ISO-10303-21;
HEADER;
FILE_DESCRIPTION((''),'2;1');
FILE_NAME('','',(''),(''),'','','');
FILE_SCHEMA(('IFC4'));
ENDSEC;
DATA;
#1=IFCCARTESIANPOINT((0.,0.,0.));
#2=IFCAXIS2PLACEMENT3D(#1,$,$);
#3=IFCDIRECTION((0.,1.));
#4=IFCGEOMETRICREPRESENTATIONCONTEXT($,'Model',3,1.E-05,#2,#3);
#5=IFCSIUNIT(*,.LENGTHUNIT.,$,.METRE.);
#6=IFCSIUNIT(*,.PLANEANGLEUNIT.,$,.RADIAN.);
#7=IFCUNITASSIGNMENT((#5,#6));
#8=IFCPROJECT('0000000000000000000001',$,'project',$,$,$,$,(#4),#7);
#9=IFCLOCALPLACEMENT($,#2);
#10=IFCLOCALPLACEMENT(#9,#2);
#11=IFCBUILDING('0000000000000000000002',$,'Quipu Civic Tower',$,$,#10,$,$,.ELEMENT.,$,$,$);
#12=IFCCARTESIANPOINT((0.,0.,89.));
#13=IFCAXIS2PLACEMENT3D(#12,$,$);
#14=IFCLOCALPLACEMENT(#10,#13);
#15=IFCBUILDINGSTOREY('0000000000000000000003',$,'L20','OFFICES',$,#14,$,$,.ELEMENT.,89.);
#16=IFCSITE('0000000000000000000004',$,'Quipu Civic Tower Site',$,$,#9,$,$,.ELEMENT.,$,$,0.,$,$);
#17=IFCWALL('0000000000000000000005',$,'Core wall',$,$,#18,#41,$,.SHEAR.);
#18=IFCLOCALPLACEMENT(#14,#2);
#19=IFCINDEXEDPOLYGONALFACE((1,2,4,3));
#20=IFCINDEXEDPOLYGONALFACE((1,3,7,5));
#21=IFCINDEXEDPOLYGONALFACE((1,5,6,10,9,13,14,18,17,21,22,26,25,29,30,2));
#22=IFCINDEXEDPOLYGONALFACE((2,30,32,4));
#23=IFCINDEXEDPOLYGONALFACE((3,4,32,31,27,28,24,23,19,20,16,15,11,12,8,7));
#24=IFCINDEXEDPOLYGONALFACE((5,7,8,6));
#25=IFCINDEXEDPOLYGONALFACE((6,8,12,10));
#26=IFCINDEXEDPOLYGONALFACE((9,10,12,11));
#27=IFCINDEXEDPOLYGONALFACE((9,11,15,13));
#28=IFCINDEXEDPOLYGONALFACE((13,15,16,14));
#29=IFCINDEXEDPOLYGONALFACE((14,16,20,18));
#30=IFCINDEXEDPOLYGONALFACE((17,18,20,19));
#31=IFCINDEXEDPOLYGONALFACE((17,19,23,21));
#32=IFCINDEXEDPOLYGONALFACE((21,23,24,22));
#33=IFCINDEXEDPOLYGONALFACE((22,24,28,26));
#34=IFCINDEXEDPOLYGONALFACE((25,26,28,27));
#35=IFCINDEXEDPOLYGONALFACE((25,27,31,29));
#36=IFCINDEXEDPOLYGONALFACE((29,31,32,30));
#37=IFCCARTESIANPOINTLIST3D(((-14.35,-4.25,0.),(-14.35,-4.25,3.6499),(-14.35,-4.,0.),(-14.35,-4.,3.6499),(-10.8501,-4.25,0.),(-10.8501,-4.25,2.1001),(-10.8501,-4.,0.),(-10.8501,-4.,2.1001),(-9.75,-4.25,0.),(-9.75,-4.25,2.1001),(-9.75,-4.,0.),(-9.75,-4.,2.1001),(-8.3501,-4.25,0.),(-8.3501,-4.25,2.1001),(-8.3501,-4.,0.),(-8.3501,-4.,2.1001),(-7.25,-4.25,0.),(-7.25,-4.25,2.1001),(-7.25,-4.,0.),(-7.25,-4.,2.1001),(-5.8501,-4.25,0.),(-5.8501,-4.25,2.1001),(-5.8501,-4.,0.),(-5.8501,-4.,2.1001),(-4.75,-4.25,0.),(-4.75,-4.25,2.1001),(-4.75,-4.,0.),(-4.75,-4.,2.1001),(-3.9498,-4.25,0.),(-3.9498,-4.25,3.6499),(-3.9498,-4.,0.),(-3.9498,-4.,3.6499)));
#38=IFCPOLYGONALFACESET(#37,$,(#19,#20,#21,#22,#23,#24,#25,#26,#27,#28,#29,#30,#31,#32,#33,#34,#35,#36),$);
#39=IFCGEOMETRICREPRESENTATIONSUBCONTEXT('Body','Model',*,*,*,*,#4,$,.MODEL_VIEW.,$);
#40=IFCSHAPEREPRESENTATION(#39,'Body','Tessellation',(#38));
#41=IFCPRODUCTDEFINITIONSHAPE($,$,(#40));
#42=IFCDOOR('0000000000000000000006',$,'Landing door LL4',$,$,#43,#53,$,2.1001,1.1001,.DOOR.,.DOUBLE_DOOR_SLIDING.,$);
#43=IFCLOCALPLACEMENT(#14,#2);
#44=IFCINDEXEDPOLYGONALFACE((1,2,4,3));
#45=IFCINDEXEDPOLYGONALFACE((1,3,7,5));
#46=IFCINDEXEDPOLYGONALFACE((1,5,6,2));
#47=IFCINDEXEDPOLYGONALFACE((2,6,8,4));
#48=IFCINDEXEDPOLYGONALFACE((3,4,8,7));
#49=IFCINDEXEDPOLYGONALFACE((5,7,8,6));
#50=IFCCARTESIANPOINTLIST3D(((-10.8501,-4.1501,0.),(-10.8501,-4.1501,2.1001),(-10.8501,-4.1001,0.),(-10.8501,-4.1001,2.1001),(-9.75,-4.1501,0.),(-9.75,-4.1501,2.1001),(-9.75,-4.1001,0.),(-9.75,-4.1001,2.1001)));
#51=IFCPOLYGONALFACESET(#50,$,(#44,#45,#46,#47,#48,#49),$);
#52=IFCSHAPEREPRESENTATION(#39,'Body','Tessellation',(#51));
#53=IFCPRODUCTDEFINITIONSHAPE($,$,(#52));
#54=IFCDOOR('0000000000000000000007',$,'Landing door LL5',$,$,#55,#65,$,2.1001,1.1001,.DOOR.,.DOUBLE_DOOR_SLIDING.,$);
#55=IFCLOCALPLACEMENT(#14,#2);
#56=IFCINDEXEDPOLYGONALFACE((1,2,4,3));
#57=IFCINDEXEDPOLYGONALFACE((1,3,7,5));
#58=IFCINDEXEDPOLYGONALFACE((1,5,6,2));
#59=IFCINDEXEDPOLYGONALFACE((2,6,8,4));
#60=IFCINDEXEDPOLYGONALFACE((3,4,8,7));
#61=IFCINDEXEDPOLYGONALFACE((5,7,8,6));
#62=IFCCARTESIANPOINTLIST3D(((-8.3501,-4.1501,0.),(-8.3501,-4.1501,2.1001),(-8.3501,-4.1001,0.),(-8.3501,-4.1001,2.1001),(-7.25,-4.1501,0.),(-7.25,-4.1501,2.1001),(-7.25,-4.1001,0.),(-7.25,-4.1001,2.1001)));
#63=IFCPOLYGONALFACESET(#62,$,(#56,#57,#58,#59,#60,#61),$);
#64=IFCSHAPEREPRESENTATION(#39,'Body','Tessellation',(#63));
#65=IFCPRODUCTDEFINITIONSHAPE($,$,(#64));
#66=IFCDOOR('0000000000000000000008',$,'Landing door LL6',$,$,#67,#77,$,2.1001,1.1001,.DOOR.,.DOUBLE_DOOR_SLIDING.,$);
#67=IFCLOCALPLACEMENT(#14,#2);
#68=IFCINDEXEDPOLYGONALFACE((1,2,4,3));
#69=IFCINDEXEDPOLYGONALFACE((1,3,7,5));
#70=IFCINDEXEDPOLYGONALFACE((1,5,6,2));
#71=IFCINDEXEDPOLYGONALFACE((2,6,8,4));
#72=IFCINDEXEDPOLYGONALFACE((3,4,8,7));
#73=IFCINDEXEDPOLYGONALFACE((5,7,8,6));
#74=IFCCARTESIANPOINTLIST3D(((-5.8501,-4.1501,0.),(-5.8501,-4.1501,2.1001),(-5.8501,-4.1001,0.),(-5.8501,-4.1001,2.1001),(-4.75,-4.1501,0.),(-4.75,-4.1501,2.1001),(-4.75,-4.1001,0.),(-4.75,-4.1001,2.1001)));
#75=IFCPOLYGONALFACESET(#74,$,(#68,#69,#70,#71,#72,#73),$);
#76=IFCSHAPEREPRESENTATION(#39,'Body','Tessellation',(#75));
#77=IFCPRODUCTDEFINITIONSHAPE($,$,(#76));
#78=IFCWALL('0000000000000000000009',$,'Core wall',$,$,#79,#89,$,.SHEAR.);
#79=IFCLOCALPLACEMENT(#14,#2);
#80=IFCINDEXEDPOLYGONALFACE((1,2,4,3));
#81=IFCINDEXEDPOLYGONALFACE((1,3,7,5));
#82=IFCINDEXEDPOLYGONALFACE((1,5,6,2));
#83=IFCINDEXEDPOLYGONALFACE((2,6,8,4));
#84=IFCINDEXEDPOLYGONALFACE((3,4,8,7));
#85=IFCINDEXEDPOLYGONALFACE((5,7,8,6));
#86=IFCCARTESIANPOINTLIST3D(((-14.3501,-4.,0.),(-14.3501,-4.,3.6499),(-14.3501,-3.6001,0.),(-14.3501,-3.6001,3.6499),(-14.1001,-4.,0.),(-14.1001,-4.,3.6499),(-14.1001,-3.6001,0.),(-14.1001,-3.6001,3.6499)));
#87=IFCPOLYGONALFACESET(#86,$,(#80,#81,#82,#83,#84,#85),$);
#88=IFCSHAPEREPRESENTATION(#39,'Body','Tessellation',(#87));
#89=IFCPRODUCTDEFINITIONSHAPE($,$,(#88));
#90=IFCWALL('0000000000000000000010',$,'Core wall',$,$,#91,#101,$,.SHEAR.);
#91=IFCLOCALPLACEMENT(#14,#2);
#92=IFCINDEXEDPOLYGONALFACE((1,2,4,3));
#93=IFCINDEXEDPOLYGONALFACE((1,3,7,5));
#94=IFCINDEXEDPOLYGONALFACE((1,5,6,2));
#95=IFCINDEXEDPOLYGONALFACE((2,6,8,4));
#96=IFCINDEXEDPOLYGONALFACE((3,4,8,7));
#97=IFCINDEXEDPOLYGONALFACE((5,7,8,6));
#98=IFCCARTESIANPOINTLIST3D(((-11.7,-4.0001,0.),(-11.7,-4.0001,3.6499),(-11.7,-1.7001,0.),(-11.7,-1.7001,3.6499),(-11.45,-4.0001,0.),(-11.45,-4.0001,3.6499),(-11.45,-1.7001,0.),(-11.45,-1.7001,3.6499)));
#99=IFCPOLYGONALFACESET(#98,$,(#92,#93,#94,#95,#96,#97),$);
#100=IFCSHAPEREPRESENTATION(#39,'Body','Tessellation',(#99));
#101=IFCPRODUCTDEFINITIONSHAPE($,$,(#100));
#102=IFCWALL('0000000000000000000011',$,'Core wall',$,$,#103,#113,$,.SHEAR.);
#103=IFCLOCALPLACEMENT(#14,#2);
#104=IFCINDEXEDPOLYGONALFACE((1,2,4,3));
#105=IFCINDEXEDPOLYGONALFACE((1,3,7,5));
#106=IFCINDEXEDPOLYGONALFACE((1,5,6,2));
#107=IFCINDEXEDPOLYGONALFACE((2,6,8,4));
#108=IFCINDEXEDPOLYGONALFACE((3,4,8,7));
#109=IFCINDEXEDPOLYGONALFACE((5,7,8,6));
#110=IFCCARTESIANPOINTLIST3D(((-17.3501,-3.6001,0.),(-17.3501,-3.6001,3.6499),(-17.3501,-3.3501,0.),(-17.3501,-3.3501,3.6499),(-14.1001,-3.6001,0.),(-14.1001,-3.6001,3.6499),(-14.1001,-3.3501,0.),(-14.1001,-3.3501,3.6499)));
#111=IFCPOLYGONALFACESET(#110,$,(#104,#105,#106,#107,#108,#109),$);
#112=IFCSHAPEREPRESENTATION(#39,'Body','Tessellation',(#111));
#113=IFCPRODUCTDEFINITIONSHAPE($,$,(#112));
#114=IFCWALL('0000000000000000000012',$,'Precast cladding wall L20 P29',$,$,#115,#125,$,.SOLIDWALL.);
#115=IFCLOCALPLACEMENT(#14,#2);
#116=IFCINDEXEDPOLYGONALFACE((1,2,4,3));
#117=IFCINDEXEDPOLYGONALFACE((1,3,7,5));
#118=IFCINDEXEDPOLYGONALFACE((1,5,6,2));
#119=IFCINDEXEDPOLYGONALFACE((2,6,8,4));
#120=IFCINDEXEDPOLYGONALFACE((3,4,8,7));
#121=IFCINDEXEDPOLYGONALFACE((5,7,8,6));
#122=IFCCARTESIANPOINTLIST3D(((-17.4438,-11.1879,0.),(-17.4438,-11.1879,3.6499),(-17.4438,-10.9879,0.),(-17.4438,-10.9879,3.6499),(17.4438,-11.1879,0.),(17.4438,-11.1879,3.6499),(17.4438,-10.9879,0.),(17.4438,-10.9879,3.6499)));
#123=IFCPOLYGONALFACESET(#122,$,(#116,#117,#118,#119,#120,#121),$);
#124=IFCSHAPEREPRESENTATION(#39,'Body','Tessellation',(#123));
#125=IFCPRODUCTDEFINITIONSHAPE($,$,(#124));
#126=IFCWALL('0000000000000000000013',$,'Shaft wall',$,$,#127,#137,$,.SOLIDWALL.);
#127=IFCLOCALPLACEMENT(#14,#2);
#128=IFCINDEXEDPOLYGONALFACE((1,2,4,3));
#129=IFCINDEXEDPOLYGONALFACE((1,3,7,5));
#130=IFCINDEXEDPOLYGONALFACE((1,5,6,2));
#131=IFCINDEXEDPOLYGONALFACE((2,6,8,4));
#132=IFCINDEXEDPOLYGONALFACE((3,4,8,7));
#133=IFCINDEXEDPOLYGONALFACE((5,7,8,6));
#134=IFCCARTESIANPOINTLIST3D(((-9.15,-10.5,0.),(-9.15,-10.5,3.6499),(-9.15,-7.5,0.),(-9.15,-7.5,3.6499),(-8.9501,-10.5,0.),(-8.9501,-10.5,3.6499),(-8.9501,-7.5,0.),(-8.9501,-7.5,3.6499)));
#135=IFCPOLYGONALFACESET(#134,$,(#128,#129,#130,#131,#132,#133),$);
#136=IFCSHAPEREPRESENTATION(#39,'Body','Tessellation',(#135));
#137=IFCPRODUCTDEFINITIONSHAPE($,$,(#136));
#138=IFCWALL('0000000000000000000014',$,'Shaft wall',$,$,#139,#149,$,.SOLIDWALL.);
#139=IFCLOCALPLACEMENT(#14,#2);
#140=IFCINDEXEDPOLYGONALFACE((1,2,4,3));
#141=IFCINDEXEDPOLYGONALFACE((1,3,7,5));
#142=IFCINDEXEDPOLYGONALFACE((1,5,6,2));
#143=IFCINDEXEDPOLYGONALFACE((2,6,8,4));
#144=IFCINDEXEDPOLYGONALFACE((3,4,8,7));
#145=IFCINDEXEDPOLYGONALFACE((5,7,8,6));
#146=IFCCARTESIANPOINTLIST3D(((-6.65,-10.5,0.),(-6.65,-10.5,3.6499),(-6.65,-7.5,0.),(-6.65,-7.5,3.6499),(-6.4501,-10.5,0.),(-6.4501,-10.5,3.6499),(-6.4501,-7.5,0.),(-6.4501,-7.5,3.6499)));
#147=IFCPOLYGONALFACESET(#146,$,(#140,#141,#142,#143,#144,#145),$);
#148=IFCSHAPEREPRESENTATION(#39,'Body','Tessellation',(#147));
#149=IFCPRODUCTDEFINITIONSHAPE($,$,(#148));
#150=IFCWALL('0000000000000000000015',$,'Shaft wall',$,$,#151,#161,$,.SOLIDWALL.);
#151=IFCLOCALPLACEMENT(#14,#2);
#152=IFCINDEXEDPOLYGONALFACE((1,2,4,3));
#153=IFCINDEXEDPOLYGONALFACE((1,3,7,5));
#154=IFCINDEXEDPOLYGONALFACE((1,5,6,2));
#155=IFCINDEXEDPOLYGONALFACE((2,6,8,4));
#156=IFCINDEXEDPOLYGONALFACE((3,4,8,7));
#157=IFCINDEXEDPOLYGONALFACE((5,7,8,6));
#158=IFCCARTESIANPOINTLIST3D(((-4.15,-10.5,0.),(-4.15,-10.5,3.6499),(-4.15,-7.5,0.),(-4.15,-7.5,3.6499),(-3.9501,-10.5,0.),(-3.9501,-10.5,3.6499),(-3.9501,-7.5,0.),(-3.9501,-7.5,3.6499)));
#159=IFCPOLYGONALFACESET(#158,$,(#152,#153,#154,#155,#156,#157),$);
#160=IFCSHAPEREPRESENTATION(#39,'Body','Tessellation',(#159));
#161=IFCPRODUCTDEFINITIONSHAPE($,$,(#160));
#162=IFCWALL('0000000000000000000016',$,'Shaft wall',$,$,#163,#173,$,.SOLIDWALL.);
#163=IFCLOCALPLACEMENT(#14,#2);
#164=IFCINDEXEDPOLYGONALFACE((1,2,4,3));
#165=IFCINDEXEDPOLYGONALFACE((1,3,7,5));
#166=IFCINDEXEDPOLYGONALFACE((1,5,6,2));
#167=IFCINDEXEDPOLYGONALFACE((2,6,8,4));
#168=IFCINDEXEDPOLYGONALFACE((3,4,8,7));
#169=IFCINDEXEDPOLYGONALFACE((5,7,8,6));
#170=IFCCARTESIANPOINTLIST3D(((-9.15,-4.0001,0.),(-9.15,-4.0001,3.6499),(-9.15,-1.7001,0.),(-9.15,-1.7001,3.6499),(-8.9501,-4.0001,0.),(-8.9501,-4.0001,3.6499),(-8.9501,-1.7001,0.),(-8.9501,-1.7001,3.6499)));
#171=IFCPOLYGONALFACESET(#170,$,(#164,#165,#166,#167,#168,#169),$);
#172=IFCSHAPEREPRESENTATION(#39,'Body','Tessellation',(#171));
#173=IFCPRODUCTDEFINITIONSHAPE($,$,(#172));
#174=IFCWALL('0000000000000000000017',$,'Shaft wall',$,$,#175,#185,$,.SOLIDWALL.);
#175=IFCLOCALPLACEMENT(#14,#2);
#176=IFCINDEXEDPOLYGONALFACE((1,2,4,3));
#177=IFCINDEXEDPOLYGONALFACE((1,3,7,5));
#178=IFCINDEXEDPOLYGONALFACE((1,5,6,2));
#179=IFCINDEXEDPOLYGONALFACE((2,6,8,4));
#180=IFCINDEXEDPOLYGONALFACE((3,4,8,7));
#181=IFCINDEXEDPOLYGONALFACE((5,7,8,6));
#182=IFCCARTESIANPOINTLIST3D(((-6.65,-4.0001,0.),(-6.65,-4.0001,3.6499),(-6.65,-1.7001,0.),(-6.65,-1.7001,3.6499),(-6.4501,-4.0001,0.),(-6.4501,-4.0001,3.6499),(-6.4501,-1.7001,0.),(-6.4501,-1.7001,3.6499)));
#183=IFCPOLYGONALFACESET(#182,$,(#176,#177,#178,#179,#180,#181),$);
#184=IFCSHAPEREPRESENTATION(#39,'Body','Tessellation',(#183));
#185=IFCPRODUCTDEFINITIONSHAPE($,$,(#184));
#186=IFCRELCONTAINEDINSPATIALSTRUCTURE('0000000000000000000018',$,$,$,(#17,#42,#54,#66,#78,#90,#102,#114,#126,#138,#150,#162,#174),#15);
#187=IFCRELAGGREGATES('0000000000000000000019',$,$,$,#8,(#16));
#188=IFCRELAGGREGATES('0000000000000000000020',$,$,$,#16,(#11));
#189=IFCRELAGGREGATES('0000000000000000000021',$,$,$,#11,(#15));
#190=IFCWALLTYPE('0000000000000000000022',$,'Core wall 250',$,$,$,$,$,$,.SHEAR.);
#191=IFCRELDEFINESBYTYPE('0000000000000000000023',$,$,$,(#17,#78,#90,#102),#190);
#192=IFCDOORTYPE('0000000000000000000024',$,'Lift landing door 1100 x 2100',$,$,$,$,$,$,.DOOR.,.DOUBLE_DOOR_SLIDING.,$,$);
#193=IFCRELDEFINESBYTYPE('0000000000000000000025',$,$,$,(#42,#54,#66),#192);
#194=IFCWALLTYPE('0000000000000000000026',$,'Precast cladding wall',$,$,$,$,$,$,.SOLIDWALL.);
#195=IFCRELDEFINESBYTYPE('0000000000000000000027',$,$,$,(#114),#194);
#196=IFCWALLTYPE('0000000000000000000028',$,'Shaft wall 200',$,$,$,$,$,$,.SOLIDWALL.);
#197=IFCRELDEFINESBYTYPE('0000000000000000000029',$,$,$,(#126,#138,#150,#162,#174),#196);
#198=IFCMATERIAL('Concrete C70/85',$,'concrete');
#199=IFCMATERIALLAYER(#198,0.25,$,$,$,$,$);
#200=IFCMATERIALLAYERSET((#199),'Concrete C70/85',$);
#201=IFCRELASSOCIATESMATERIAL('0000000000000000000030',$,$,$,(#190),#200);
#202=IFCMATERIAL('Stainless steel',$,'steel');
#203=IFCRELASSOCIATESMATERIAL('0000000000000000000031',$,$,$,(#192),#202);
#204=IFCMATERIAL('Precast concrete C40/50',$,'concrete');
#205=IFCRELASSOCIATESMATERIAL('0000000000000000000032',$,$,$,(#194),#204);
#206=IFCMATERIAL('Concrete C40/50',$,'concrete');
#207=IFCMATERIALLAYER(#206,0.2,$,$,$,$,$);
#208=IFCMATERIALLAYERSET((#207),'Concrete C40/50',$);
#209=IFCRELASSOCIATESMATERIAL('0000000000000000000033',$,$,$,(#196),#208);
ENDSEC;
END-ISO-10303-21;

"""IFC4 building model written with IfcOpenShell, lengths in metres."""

from ifc_helpers import new_model, si_unit, direction, frame, frame_2d, origin, place, context, subcontext, project, spatial, rectangle, extrude, material, layer, layer_set, type_object, element, fill, save


model = new_model("IFC4")

# Units and contexts
model_context = context("Model", 3, precision=1e-05, world=origin(), true_north=direction((0.0, 1.0)))
body_context = subcontext(model_context, "Body", "Model", "MODEL_VIEW")
ifc_project = project(units=[si_unit("LENGTHUNIT", "METRE"), si_unit("PLANEANGLEUNIT", "RADIAN")], contexts=[model_context])

# Site, building, storey
site_placement = place(None, origin())
site = spatial("IfcSite", under=ifc_project, at=site_placement, Name="Quipu Civic Tower Site", CompositionType="ELEMENT", RefElevation=0.0)
building_placement = place(site_placement, origin())
building = spatial("IfcBuilding", under=site, at=building_placement, Name="Quipu Civic Tower", CompositionType="ELEMENT")
storey_placement = place(building_placement, frame((0.0, 0.0, 89.0)))
storey = spatial("IfcBuildingStorey", under=building, at=storey_placement, Name="L20", Description="OFFICES", CompositionType="ELEMENT", Elevation=89.0)

# Shared definitions
ifc_material_1 = material(Name="Concrete C70/85", Category="concrete")
ifc_layer_1 = layer(ifc_material_1, 0.25)
ifc_layer_set_1 = layer_set([ifc_layer_1], Name="Concrete C70/85")
wall_type_1 = type_object("IfcWallType", Name="Core wall 250", PredefinedType="SHEAR", material=ifc_layer_set_1)

# Wall, openings, doors
wall_1_placement = place(storey_placement, frame((-14.3501, -4.125, 0.0), z_axis=(0.0, 0.0, 1.0), x_axis=(1.0, 0.0, 0.0)))
wall_1 = element("IfcWall", 1, at=wall_1_placement, inside=storey, type_object=wall_type_1, Name="Core wall", PredefinedType="SHEAR", context=body_context, shape_type="SweptSolid", body=[
    extrude(rectangle(XDim=10.4001, YDim=0.25, at=frame_2d((5.2002, 0.0))), origin(), (0.0, 0.0, 1.0), 3.6499),
])
opening_1_placement = place(wall_1_placement, frame((3.5, 0.0, 0.0)))
opening_1 = element("IfcOpeningElement", 2, at=opening_1_placement, cuts=wall_1, PredefinedType="OPENING", context=body_context, shape_type="SweptSolid", body=[
    extrude(rectangle(XDim=1.1001, YDim=2.1001, at=frame_2d((0.55, 1.05))), frame((0.0, 0.135, 0.0), z_axis=(0.0, -1.0, 0.0), x_axis=(1.0, 0.0, 0.0)), (0.0, 0.0, 1.0), 0.27),
])
opening_2_placement = place(wall_1_placement, frame((6.0, 0.0, 0.0)))
opening_2 = element("IfcOpeningElement", 3, at=opening_2_placement, cuts=wall_1, PredefinedType="OPENING", context=body_context, shape_type="SweptSolid", body=[
    extrude(rectangle(XDim=1.1001, YDim=2.1001, at=frame_2d((0.55, 1.05))), frame((0.0, 0.135, 0.0), z_axis=(0.0, -1.0, 0.0), x_axis=(1.0, 0.0, 0.0)), (0.0, 0.0, 1.0), 0.27),
])
opening_3_placement = place(wall_1_placement, frame((8.5, 0.0, 0.0)))
opening_3 = element("IfcOpeningElement", 4, at=opening_3_placement, cuts=wall_1, PredefinedType="OPENING", context=body_context, shape_type="SweptSolid", body=[
    extrude(rectangle(XDim=1.1001, YDim=2.1001, at=frame_2d((0.55, 1.05))), frame((0.0, 0.135, 0.0), z_axis=(0.0, -1.0, 0.0), x_axis=(1.0, 0.0, 0.0)), (0.0, 0.0, 1.0), 0.27),
])
ifc_material_2 = material(Name="Stainless steel", Category="steel")
door_type_1 = type_object("IfcDoorType", Name="Lift landing door 1100 x 2100", OperationType="DOUBLE_DOOR_SLIDING", PredefinedType="DOOR", material=ifc_material_2)
door_1_placement = place(opening_1_placement, origin())
door_1 = element("IfcDoor", 5, at=door_1_placement, inside=storey, type_object=door_type_1, Name="Landing door LL4", OperationType="DOUBLE_DOOR_SLIDING", OverallHeight=2.1001, OverallWidth=1.1001, PredefinedType="DOOR", context=body_context, shape_type="SweptSolid", body=[
    extrude(rectangle(XDim=1.1001, YDim=2.1001, at=frame_2d((0.55, 1.05))), frame((0.0, 0.0249, 0.0), z_axis=(0.0, -1.0, 0.0), x_axis=(1.0, 0.0, 0.0)), (0.0, 0.0, 1.0), 0.05),
])
fill(opening_1, door_1)
door_2_placement = place(opening_2_placement, origin())
door_2 = element("IfcDoor", 6, at=door_2_placement, inside=storey, type_object=door_type_1, Name="Landing door LL5", OperationType="DOUBLE_DOOR_SLIDING", OverallHeight=2.1001, OverallWidth=1.1001, PredefinedType="DOOR", context=body_context, shape_type="SweptSolid", body=[
    extrude(rectangle(XDim=1.1001, YDim=2.1001, at=frame_2d((0.55, 1.05))), frame((0.0, 0.0249, 0.0), z_axis=(0.0, -1.0, 0.0), x_axis=(1.0, 0.0, 0.0)), (0.0, 0.0, 1.0), 0.05),
])
fill(opening_2, door_2)
door_3_placement = place(opening_3_placement, origin())
door_3 = element("IfcDoor", 7, at=door_3_placement, inside=storey, type_object=door_type_1, Name="Landing door LL6", OperationType="DOUBLE_DOOR_SLIDING", OverallHeight=2.1001, OverallWidth=1.1001, PredefinedType="DOOR", context=body_context, shape_type="SweptSolid", body=[
    extrude(rectangle(XDim=1.1001, YDim=2.1001, at=frame_2d((0.55, 1.05))), frame((0.0, 0.0249, 0.0), z_axis=(0.0, -1.0, 0.0), x_axis=(1.0, 0.0, 0.0)), (0.0, 0.0, 1.0), 0.05),
])
fill(opening_3, door_3)

# Walls
wall_2_placement = place(storey_placement, frame((-14.2251, -4.0, 0.0), z_axis=(0.0, 0.0, 1.0), x_axis=(0.0, 1.0, 0.0)))
element("IfcWall", 8, at=wall_2_placement, inside=storey, type_object=wall_type_1, Name="Core wall", PredefinedType="SHEAR", context=body_context, shape_type="SweptSolid", body=[
    extrude(rectangle(XDim=0.3999, YDim=0.25, at=frame_2d((0.2, 0.0))), origin(), (0.0, 0.0, 1.0), 3.6499),
])
wall_3_placement = place(storey_placement, frame((-11.575, -4.0, 0.0), z_axis=(0.0, 0.0, 1.0), x_axis=(0.0, 1.0, 0.0)))
element("IfcWall", 9, at=wall_3_placement, inside=storey, type_object=wall_type_1, Name="Core wall", PredefinedType="SHEAR", context=body_context, shape_type="SweptSolid", body=[
    extrude(rectangle(XDim=2.3, YDim=0.25, at=frame_2d((1.1499, 0.0))), origin(), (0.0, 0.0, 1.0), 3.6499),
])
wall_4_placement = place(storey_placement, frame((-17.3501, -3.4751, 0.0), z_axis=(0.0, 0.0, 1.0), x_axis=(1.0, 0.0, 0.0)))
element("IfcWall", 10, at=wall_4_placement, inside=storey, type_object=wall_type_1, Name="Core wall", PredefinedType="SHEAR", context=body_context, shape_type="SweptSolid", body=[
    extrude(rectangle(XDim=3.25, YDim=0.25, at=frame_2d((1.625, 0.0))), origin(), (0.0, 0.0, 1.0), 3.6499),
])
ifc_material_3 = material(Name="Precast concrete C40/50", Category="concrete")
wall_type_2 = type_object("IfcWallType", Name="Precast cladding wall", PredefinedType="SOLIDWALL", material=ifc_material_3)
wall_5_placement = place(storey_placement, frame((-17.4438, -11.0879, 0.0), z_axis=(0.0, 0.0, 1.0), x_axis=(1.0, 0.0, 0.0)))
element("IfcWall", 11, at=wall_5_placement, inside=storey, type_object=wall_type_2, Name="Precast cladding wall L20 P29", PredefinedType="SOLIDWALL", context=body_context, shape_type="SweptSolid", body=[
    extrude(rectangle(XDim=34.8877, YDim=0.2, at=frame_2d((17.4438, 0.0))), origin(), (0.0, 0.0, 1.0), 3.6499),
])
ifc_material_4 = material(Name="Concrete C40/50", Category="concrete")
ifc_layer_2 = layer(ifc_material_4, 0.2)
ifc_layer_set_2 = layer_set([ifc_layer_2], Name="Concrete C40/50")
wall_type_3 = type_object("IfcWallType", Name="Shaft wall 200", PredefinedType="SOLIDWALL", material=ifc_layer_set_2)
for number, where, z_axis, x_axis, name in (
    (12, (-9.05, -10.5, 0.0), (0.0, 0.0, 1.0), (0.0, 1.0, 0.0), "Shaft wall"),
    (13, (-6.55, -10.5, 0.0), (0.0, 0.0, 1.0), (0.0, 1.0, 0.0), "Shaft wall"),
    (14, (-4.05, -10.5, 0.0), (0.0, 0.0, 1.0), (0.0, 1.0, 0.0), "Shaft wall"),
):
    element("IfcWall", number, at=place(storey_placement, frame(where, z_axis=z_axis, x_axis=x_axis)), inside=storey, type_object=wall_type_3, Name=name, PredefinedType="SOLIDWALL", context=body_context, shape_type="SweptSolid", body=[
        extrude(rectangle(XDim=3.0, YDim=0.2, at=frame_2d((1.5, 0.0))), origin(), (0.0, 0.0, 1.0), 3.6499),
    ])
for number, where, z_axis, x_axis, name in (
    (15, (-9.05, -4.0, 0.0), (0.0, 0.0, 1.0), (0.0, 1.0, 0.0), "Shaft wall"),
    (16, (-6.55, -4.0, 0.0), (0.0, 0.0, 1.0), (0.0, 1.0, 0.0), "Shaft wall"),
):
    element("IfcWall", number, at=place(storey_placement, frame(where, z_axis=z_axis, x_axis=x_axis)), inside=storey, type_object=wall_type_3, Name=name, PredefinedType="SOLIDWALL", context=body_context, shape_type="SweptSolid", body=[
        extrude(rectangle(XDim=2.3, YDim=0.2, at=frame_2d((1.1499, 0.0))), origin(), (0.0, 0.0, 1.0), 3.6499),
    ])

save(model, "model.ifc")
